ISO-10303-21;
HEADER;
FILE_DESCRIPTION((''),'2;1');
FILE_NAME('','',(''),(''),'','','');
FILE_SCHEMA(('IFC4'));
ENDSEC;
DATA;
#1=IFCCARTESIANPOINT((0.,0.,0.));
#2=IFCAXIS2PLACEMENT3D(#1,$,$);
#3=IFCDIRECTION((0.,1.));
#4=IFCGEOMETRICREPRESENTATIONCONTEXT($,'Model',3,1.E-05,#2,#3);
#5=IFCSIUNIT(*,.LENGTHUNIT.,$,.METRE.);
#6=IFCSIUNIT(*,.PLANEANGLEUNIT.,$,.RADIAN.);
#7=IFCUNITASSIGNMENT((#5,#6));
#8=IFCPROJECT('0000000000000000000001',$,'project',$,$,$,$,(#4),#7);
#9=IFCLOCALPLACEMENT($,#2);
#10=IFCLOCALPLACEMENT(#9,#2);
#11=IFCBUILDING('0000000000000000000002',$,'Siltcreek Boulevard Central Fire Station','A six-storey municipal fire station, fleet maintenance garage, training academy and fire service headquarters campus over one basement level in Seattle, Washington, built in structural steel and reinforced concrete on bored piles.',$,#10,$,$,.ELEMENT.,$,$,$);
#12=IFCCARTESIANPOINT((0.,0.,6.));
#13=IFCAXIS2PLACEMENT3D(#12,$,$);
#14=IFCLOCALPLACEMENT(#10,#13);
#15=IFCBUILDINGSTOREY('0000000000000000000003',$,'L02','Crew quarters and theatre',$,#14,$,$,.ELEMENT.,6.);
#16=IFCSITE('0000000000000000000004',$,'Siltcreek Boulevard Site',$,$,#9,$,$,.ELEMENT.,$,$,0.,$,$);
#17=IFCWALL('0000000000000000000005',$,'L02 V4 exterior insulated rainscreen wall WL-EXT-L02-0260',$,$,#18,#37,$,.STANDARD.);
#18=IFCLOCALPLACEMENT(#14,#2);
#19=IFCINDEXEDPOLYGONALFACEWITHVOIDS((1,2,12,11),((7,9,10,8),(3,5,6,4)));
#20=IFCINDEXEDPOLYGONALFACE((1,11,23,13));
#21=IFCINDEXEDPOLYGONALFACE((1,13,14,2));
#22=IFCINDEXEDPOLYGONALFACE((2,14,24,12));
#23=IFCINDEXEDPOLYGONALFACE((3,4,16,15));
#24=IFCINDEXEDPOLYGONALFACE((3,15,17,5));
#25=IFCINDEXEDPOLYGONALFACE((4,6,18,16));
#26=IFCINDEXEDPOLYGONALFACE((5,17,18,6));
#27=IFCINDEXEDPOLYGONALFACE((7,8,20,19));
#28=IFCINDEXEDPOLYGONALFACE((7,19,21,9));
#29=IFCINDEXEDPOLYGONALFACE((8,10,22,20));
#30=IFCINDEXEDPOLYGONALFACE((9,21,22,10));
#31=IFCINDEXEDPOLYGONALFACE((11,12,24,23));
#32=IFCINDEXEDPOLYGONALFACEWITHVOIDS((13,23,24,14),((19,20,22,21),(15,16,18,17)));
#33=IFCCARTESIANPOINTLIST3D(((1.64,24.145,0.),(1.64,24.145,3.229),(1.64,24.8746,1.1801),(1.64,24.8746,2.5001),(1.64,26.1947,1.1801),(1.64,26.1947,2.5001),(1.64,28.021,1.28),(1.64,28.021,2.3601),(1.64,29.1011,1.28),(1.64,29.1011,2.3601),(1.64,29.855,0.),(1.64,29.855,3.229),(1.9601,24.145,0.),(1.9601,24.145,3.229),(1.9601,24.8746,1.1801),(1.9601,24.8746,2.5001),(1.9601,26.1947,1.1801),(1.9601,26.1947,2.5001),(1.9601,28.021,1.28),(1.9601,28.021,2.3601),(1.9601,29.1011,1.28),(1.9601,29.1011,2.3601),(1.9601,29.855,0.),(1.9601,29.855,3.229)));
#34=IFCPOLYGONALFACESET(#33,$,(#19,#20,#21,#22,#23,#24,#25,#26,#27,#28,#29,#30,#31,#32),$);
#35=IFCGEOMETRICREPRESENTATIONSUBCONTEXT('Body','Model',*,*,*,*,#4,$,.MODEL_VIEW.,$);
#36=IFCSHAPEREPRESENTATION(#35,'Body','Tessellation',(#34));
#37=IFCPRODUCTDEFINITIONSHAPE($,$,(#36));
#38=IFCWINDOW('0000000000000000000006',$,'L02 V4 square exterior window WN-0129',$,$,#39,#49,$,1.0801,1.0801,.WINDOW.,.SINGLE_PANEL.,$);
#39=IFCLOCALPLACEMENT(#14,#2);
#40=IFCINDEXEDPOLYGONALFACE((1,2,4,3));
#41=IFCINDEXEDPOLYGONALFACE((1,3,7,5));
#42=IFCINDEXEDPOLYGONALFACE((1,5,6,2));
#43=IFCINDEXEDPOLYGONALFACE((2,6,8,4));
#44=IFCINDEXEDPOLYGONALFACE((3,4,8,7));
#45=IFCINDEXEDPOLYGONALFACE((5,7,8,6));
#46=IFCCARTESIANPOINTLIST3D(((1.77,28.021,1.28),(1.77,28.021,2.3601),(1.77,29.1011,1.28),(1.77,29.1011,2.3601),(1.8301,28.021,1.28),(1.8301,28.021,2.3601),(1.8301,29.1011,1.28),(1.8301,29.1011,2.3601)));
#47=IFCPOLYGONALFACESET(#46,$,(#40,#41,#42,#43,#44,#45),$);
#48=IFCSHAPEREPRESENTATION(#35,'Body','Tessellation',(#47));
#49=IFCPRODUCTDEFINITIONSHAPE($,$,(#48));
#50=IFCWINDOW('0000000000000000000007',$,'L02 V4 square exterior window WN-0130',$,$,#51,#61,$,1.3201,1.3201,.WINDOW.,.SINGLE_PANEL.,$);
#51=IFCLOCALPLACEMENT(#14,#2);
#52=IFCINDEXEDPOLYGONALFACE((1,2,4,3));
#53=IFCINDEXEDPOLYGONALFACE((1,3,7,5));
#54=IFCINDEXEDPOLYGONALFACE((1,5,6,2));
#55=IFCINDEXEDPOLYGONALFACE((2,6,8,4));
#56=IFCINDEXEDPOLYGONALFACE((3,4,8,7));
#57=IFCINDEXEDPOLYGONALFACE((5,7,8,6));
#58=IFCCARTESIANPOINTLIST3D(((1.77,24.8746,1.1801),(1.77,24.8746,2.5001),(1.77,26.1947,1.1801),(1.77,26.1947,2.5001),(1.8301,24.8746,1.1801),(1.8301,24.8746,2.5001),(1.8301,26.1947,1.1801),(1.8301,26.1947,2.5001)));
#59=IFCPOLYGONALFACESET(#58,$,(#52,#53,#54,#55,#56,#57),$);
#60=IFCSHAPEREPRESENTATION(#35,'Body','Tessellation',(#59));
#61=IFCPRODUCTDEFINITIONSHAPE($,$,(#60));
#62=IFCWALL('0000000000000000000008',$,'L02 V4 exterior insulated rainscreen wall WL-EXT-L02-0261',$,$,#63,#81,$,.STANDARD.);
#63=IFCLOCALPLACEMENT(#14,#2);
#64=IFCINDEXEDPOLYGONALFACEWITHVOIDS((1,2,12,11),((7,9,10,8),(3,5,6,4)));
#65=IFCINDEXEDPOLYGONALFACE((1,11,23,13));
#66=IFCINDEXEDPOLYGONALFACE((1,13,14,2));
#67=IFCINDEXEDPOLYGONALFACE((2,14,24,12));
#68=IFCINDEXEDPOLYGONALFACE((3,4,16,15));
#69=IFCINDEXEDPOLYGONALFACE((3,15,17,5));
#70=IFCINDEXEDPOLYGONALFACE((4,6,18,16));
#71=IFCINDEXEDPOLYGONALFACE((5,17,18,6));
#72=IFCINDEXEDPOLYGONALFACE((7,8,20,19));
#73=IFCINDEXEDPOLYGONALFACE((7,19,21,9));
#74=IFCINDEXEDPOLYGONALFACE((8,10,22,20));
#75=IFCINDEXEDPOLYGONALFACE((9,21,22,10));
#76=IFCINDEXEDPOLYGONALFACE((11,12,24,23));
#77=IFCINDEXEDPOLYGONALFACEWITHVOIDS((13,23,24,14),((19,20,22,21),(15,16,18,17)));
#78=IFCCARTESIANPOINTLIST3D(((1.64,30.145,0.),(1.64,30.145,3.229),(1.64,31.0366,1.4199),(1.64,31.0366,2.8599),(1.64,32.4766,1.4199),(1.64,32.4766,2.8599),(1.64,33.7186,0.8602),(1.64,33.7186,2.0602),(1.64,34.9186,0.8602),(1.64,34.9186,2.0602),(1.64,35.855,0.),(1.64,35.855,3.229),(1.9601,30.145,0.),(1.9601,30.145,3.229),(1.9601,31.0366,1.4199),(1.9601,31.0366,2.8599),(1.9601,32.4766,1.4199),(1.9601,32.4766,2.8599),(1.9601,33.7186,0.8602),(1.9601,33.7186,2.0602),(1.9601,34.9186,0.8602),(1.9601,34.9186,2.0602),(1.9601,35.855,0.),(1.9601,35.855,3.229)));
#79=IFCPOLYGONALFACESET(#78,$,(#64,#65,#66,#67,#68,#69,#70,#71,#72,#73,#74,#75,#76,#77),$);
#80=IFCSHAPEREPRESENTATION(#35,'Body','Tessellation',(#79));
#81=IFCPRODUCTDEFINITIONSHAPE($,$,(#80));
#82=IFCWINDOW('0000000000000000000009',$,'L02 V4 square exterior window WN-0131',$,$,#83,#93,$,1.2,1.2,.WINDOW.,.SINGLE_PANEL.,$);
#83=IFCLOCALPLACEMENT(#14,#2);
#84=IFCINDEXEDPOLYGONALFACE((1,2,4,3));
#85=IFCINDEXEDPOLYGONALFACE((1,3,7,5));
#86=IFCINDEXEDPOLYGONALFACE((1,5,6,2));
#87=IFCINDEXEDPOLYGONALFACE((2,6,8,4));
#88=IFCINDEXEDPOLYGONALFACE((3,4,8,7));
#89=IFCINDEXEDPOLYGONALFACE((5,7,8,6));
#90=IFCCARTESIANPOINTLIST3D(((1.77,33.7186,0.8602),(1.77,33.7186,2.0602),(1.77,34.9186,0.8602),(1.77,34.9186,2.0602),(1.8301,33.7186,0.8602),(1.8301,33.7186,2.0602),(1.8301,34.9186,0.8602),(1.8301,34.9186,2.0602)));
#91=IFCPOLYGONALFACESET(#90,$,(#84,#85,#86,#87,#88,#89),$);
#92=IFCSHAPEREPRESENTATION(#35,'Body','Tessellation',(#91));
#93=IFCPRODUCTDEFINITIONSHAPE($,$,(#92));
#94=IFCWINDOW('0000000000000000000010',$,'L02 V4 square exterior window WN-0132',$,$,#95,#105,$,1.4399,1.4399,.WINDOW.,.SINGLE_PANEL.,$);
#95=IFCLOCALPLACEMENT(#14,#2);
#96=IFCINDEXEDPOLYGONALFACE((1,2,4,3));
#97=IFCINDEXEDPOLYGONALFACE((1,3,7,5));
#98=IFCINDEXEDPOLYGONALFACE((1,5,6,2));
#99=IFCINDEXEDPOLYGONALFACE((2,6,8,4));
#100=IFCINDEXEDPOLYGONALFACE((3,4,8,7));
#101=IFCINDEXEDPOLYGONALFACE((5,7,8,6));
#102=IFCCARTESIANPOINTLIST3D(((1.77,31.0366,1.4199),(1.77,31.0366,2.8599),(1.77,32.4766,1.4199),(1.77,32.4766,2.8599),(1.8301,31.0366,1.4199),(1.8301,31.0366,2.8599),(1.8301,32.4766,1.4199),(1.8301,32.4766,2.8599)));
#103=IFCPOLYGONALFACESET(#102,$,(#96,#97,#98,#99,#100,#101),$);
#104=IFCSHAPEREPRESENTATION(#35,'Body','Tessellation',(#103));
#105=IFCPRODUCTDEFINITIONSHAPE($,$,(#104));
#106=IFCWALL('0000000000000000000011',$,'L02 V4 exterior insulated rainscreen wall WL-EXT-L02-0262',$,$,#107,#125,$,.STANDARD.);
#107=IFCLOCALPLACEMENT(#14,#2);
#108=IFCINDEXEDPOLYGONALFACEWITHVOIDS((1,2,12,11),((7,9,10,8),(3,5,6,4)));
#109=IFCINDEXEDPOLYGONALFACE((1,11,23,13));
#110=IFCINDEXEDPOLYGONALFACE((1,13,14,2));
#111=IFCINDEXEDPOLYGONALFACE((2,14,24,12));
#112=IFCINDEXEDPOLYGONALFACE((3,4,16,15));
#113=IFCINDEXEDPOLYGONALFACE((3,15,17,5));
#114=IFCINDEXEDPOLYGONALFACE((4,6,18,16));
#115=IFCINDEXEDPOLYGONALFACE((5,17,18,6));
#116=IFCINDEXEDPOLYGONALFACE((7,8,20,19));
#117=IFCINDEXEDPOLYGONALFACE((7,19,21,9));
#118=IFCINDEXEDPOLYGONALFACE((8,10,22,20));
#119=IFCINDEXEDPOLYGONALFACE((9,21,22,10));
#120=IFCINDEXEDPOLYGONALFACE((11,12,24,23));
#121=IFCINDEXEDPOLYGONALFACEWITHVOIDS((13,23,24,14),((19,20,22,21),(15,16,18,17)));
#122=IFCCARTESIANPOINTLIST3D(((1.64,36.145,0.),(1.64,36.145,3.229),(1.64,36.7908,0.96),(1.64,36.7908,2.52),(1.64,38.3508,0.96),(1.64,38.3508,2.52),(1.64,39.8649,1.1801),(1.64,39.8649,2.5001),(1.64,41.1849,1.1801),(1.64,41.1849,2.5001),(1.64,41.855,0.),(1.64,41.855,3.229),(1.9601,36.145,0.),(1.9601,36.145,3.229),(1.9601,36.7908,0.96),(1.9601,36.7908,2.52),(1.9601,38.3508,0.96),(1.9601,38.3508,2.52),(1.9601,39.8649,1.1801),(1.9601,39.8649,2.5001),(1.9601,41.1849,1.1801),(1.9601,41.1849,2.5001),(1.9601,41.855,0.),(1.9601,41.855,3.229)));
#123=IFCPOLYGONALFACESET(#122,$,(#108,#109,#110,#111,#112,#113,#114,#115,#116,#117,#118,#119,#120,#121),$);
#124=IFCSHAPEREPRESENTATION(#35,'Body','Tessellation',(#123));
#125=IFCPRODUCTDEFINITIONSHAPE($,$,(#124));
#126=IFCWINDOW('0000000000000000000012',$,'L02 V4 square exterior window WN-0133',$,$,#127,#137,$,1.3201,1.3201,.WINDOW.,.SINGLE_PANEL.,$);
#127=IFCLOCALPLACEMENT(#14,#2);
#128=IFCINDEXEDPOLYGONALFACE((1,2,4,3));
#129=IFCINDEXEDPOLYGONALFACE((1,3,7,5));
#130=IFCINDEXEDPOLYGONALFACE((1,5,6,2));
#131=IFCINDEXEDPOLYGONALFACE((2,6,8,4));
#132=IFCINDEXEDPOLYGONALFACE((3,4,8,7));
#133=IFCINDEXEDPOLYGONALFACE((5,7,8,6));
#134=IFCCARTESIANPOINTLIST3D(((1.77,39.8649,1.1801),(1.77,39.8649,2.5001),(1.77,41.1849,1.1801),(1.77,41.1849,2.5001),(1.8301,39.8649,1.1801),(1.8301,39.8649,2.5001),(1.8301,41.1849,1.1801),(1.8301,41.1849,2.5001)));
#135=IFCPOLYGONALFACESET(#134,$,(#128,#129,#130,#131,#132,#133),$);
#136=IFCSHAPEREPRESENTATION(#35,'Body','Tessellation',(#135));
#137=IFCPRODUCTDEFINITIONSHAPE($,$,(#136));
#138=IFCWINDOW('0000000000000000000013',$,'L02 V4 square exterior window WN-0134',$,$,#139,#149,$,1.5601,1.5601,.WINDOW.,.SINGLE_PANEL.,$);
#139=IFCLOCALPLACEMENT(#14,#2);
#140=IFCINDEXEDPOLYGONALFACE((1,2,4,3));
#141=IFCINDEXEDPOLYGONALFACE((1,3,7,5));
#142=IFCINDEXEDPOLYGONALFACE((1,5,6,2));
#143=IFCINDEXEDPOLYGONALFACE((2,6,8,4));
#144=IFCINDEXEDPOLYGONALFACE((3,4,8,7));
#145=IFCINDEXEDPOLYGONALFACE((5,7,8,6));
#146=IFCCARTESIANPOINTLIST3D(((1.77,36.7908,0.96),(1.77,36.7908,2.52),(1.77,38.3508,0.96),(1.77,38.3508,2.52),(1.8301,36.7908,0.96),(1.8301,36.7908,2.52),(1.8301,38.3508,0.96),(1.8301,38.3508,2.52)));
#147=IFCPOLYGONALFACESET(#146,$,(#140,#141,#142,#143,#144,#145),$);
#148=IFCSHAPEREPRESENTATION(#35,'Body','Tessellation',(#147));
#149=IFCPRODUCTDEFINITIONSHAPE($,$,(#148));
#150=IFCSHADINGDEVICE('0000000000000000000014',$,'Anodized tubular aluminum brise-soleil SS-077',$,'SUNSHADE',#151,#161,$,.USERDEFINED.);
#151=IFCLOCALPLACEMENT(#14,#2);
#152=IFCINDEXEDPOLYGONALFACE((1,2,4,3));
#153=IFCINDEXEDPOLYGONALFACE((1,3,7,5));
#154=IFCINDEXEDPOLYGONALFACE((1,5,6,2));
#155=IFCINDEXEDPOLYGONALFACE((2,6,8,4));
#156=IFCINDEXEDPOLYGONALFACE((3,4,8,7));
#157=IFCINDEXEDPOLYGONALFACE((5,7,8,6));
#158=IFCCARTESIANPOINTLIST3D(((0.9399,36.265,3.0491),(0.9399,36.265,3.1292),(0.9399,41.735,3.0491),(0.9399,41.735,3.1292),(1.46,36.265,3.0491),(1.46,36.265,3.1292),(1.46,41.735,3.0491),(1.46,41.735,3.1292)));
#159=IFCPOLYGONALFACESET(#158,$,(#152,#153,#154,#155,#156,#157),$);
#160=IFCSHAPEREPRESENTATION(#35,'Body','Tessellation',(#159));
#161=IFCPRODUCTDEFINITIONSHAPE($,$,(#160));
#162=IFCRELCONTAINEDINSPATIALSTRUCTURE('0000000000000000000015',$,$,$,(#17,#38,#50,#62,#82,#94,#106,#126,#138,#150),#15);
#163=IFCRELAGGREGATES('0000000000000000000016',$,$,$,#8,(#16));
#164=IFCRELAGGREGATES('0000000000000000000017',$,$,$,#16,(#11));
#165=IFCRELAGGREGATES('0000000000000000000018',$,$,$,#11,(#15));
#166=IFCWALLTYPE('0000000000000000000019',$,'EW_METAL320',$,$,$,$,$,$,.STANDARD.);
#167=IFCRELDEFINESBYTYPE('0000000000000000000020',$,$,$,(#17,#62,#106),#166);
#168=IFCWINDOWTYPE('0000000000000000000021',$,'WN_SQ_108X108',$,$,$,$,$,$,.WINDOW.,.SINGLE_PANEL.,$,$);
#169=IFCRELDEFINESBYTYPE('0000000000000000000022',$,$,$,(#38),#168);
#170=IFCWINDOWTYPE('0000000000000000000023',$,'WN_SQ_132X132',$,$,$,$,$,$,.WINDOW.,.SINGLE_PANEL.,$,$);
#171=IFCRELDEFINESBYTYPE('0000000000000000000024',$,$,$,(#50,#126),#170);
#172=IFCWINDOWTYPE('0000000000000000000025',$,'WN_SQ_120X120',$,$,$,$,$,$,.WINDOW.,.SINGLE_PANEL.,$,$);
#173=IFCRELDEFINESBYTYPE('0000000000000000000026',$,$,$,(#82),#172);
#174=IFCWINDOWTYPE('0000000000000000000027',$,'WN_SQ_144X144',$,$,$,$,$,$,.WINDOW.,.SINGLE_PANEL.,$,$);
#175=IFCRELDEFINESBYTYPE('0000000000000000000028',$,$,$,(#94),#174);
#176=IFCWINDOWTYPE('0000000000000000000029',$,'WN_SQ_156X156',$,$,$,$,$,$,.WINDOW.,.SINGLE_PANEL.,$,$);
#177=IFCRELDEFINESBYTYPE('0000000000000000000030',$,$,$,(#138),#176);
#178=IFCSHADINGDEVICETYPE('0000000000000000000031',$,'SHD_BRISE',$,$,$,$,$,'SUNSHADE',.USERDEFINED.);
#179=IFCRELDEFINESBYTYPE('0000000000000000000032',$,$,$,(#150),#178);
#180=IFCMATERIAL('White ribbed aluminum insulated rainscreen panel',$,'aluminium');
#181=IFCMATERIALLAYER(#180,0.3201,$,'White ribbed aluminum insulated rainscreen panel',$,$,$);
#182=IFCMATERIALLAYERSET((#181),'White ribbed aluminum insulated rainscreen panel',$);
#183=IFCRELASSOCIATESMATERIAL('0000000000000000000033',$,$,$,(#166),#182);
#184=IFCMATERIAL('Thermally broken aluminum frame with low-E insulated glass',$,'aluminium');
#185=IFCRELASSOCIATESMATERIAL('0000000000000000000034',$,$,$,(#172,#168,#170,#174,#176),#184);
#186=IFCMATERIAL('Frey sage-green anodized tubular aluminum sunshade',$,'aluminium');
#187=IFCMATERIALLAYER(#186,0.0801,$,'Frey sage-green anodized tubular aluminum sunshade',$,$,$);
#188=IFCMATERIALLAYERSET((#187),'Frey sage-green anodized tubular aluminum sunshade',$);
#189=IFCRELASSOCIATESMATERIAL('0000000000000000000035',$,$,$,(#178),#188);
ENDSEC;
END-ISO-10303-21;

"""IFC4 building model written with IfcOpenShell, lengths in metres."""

from ifc_helpers import new_model, si_unit, direction, frame, frame_2d, origin, origin_2d, place, context, subcontext, project, spatial, rectangle, extrude, material, layer, layer_set, type_object, element, fill, save


model = new_model("IFC4")

# Units and contexts
model_context = context("Model", 3, precision=1e-05, world=origin(), true_north=direction((0.0, 1.0)))
body_context = subcontext(model_context, "Body", "Model", "MODEL_VIEW")
ifc_project = project(units=[si_unit("LENGTHUNIT", "METRE"), si_unit("PLANEANGLEUNIT", "RADIAN")], contexts=[model_context])

# Site, building, storey
site_placement = place(None, origin())
site = spatial("IfcSite", under=ifc_project, at=site_placement, Name="Siltcreek Boulevard Site", CompositionType="ELEMENT", RefElevation=0.0)
building_placement = place(site_placement, origin())
building = spatial("IfcBuilding", under=site, at=building_placement, Name="Siltcreek Boulevard Central Fire Station", Description="A six-storey municipal fire station, fleet maintenance garage, training academy and fire service headquarters campus over one basement level in Seattle, Washington, built in structural steel and reinforced concrete on bored piles.", CompositionType="ELEMENT")
storey_placement = place(building_placement, frame((0.0, 0.0, 6.0)))
storey = spatial("IfcBuildingStorey", under=building, at=storey_placement, Name="L02", Description="Crew quarters and theatre", CompositionType="ELEMENT", Elevation=6.0)

# Walls, openings, windows
ifc_material_1 = material(Name="White ribbed aluminum insulated rainscreen panel", Category="aluminium")
ifc_layer_1 = layer(ifc_material_1, 0.3201, Name="White ribbed aluminum insulated rainscreen panel")
ifc_layer_set_1 = layer_set([ifc_layer_1], Name="White ribbed aluminum insulated rainscreen panel")
wall_type = type_object("IfcWallType", Name="EW_METAL320", PredefinedType="STANDARD", material=ifc_layer_set_1)
ifc_material_2 = material(Name="Thermally broken aluminum frame with low-E insulated glass", Category="aluminium")
window_type_1 = type_object("IfcWindowType", Name="WN_SQ_120X120", PartitioningType="SINGLE_PANEL", PredefinedType="WINDOW", material=ifc_material_2)
wall_1_placement = place(storey_placement, frame((1.8, 29.855, 0.0), z_axis=(0.0, 0.0, 1.0), x_axis=(0.0, -1.0, 0.0)))
wall_1 = element("IfcWall", 1, at=wall_1_placement, inside=storey, type_object=wall_type, Name="L02 V4 exterior insulated rainscreen wall WL-EXT-L02-0260", PredefinedType="STANDARD", context=body_context, shape_type="SweptSolid", body=[
    extrude(rectangle(XDim=5.71, YDim=0.3201, at=frame_2d((2.855, 0.0))), origin(), (0.0, 0.0, 1.0), 3.229),
])
opening_1_placement = place(wall_1_placement, frame((0.7539, 0.0, 1.28)))
opening_1 = element("IfcOpeningElement", 2, at=opening_1_placement, cuts=wall_1, PredefinedType="OPENING", context=body_context, shape_type="SweptSolid", body=[
    extrude(rectangle(XDim=1.0801, YDim=1.0801, at=frame_2d((0.54, 0.54))), frame((0.0, 0.1699, 0.0), z_axis=(0.0, -1.0, 0.0), x_axis=(1.0, 0.0, 0.0)), (0.0, 0.0, 1.0), 0.3401),
])
opening_2_placement = place(wall_1_placement, frame((3.6602, 0.0, 1.1799)))
opening_2 = element("IfcOpeningElement", 3, at=opening_2_placement, cuts=wall_1, PredefinedType="OPENING", context=body_context, shape_type="SweptSolid", body=[
    extrude(rectangle(XDim=1.3201, YDim=1.3201, at=frame_2d((0.6602, 0.6602))), frame((0.0, 0.1699, 0.0), z_axis=(0.0, -1.0, 0.0), x_axis=(1.0, 0.0, 0.0)), (0.0, 0.0, 1.0), 0.3401),
])
window_type_2 = type_object("IfcWindowType", Name="WN_SQ_108X108", PartitioningType="SINGLE_PANEL", PredefinedType="WINDOW", material=ifc_material_2)
window_1_placement = place(opening_1_placement, origin())
window_1 = element("IfcWindow", 4, at=window_1_placement, inside=storey, type_object=window_type_2, Name="L02 V4 square exterior window WN-0129", OverallHeight=1.0801, OverallWidth=1.0801, PartitioningType="SINGLE_PANEL", PredefinedType="WINDOW", context=body_context, shape_type="SweptSolid", body=[
    extrude(rectangle(XDim=1.0801, YDim=1.0801, at=frame_2d((0.54, 0.54))), frame((0.0, 0.03, 0.0), z_axis=(0.0, -1.0, 0.0), x_axis=(1.0, 0.0, 0.0)), (0.0, 0.0, 1.0), 0.0601),
])
fill(opening_1, window_1)
window_type_3 = type_object("IfcWindowType", Name="WN_SQ_132X132", PartitioningType="SINGLE_PANEL", PredefinedType="WINDOW", material=ifc_material_2)
window_2_placement = place(opening_2_placement, origin())
window_2 = element("IfcWindow", 5, at=window_2_placement, inside=storey, type_object=window_type_3, Name="L02 V4 square exterior window WN-0130", OverallHeight=1.3201, OverallWidth=1.3201, PartitioningType="SINGLE_PANEL", PredefinedType="WINDOW", context=body_context, shape_type="SweptSolid", body=[
    extrude(rectangle(XDim=1.3201, YDim=1.3201, at=frame_2d((0.6602, 0.6602))), frame((0.0, 0.03, 0.0), z_axis=(0.0, -1.0, 0.0), x_axis=(1.0, 0.0, 0.0)), (0.0, 0.0, 1.0), 0.0601),
])
fill(opening_2, window_2)
wall_2_placement = place(storey_placement, frame((1.8, 35.855, 0.0), z_axis=(0.0, 0.0, 1.0), x_axis=(0.0, -1.0, 0.0)))
wall_2 = element("IfcWall", 6, at=wall_2_placement, inside=storey, type_object=wall_type, Name="L02 V4 exterior insulated rainscreen wall WL-EXT-L02-0261", PredefinedType="STANDARD", context=body_context, shape_type="SweptSolid", body=[
    extrude(rectangle(XDim=5.71, YDim=0.3201, at=frame_2d((2.855, 0.0))), origin(), (0.0, 0.0, 1.0), 3.229),
])
opening_3_placement = place(wall_2_placement, frame((0.9363, 0.0, 0.8601)))
opening_3 = element("IfcOpeningElement", 7, at=opening_3_placement, cuts=wall_2, PredefinedType="OPENING", context=body_context, shape_type="SweptSolid", body=[
    extrude(rectangle(XDim=1.2, YDim=1.2, at=frame_2d((0.6001, 0.6001))), frame((0.0, 0.1699, 0.0), z_axis=(0.0, -1.0, 0.0), x_axis=(1.0, 0.0, 0.0)), (0.0, 0.0, 1.0), 0.3401),
])
opening_4_placement = place(wall_2_placement, frame((3.3784, 0.0, 1.4199)))
opening_4 = element("IfcOpeningElement", 8, at=opening_4_placement, cuts=wall_2, PredefinedType="OPENING", context=body_context, shape_type="SweptSolid", body=[
    extrude(rectangle(XDim=1.4399, YDim=1.4399, at=frame_2d((0.72, 0.72))), frame((0.0, 0.1699, 0.0), z_axis=(0.0, -1.0, 0.0), x_axis=(1.0, 0.0, 0.0)), (0.0, 0.0, 1.0), 0.3401),
])
window_3_placement = place(opening_3_placement, origin())
window_3 = element("IfcWindow", 9, at=window_3_placement, inside=storey, type_object=window_type_1, Name="L02 V4 square exterior window WN-0131", OverallHeight=1.2, OverallWidth=1.2, PartitioningType="SINGLE_PANEL", PredefinedType="WINDOW", context=body_context, shape_type="SweptSolid", body=[
    extrude(rectangle(XDim=1.2, YDim=1.2, at=frame_2d((0.6001, 0.6001))), frame((0.0, 0.03, 0.0), z_axis=(0.0, -1.0, 0.0), x_axis=(1.0, 0.0, 0.0)), (0.0, 0.0, 1.0), 0.0601),
])
fill(opening_3, window_3)
window_type_4 = type_object("IfcWindowType", Name="WN_SQ_144X144", PartitioningType="SINGLE_PANEL", PredefinedType="WINDOW", material=ifc_material_2)
window_4_placement = place(opening_4_placement, origin())
window_4 = element("IfcWindow", 10, at=window_4_placement, inside=storey, type_object=window_type_4, Name="L02 V4 square exterior window WN-0132", OverallHeight=1.4399, OverallWidth=1.4399, PartitioningType="SINGLE_PANEL", PredefinedType="WINDOW", context=body_context, shape_type="SweptSolid", body=[
    extrude(rectangle(XDim=1.4399, YDim=1.4399, at=frame_2d((0.72, 0.72))), frame((0.0, 0.03, 0.0), z_axis=(0.0, -1.0, 0.0), x_axis=(1.0, 0.0, 0.0)), (0.0, 0.0, 1.0), 0.0601),
])
fill(opening_4, window_4)
wall_3_placement = place(storey_placement, frame((1.8, 41.855, 0.0), z_axis=(0.0, 0.0, 1.0), x_axis=(0.0, -1.0, 0.0)))
wall_3 = element("IfcWall", 11, at=wall_3_placement, inside=storey, type_object=wall_type, Name="L02 V4 exterior insulated rainscreen wall WL-EXT-L02-0262", PredefinedType="STANDARD", context=body_context, shape_type="SweptSolid", body=[
    extrude(rectangle(XDim=5.71, YDim=0.3201, at=frame_2d((2.855, 0.0))), origin(), (0.0, 0.0, 1.0), 3.229),
])
opening_5_placement = place(wall_3_placement, frame((0.6699, 0.0, 1.1799)))
opening_5 = element("IfcOpeningElement", 12, at=opening_5_placement, cuts=wall_3, PredefinedType="OPENING", context=body_context, shape_type="SweptSolid", body=[
    extrude(rectangle(XDim=1.3201, YDim=1.3201, at=frame_2d((0.6602, 0.6602))), frame((0.0, 0.1699, 0.0), z_axis=(0.0, -1.0, 0.0), x_axis=(1.0, 0.0, 0.0)), (0.0, 0.0, 1.0), 0.3401),
])
opening_6_placement = place(wall_3_placement, frame((3.5042, 0.0, 0.96)))
opening_6 = element("IfcOpeningElement", 13, at=opening_6_placement, cuts=wall_3, PredefinedType="OPENING", context=body_context, shape_type="SweptSolid", body=[
    extrude(rectangle(XDim=1.5601, YDim=1.5601, at=frame_2d((0.78, 0.78))), frame((0.0, 0.1699, 0.0), z_axis=(0.0, -1.0, 0.0), x_axis=(1.0, 0.0, 0.0)), (0.0, 0.0, 1.0), 0.3401),
])
window_5_placement = place(opening_5_placement, origin())
window_5 = element("IfcWindow", 14, at=window_5_placement, inside=storey, type_object=window_type_3, Name="L02 V4 square exterior window WN-0133", OverallHeight=1.3201, OverallWidth=1.3201, PartitioningType="SINGLE_PANEL", PredefinedType="WINDOW", context=body_context, shape_type="SweptSolid", body=[
    extrude(rectangle(XDim=1.3201, YDim=1.3201, at=frame_2d((0.6602, 0.6602))), frame((0.0, 0.03, 0.0), z_axis=(0.0, -1.0, 0.0), x_axis=(1.0, 0.0, 0.0)), (0.0, 0.0, 1.0), 0.0601),
])
fill(opening_5, window_5)
window_type_5 = type_object("IfcWindowType", Name="WN_SQ_156X156", PartitioningType="SINGLE_PANEL", PredefinedType="WINDOW", material=ifc_material_2)
window_6_placement = place(opening_6_placement, origin())
window_6 = element("IfcWindow", 15, at=window_6_placement, inside=storey, type_object=window_type_5, Name="L02 V4 square exterior window WN-0134", OverallHeight=1.5601, OverallWidth=1.5601, PartitioningType="SINGLE_PANEL", PredefinedType="WINDOW", context=body_context, shape_type="SweptSolid", body=[
    extrude(rectangle(XDim=1.5601, YDim=1.5601, at=frame_2d((0.78, 0.78))), frame((0.0, 0.03, 0.0), z_axis=(0.0, -1.0, 0.0), x_axis=(1.0, 0.0, 0.0)), (0.0, 0.0, 1.0), 0.0601),
])
fill(opening_6, window_6)

# Shading device
ifc_material_3 = material(Name="Frey sage-green anodized tubular aluminum sunshade", Category="aluminium")
ifc_layer_2 = layer(ifc_material_3, 0.0801, Name="Frey sage-green anodized tubular aluminum sunshade")
ifc_layer_set_2 = layer_set([ifc_layer_2], Name="Frey sage-green anodized tubular aluminum sunshade")
shading_device_type = type_object("IfcShadingDeviceType", Name="SHD_BRISE", ElementType="SUNSHADE", PredefinedType="USERDEFINED", material=ifc_layer_set_2)
shading_device_placement = place(storey_placement, frame((1.2, 39.0, 3.0491), z_axis=(0.0, 0.0, 1.0), x_axis=(0.0, -1.0, 0.0)))
element("IfcShadingDevice", 16, at=shading_device_placement, inside=storey, type_object=shading_device_type, Name="Anodized tubular aluminum brise-soleil SS-077", ObjectType="SUNSHADE", PredefinedType="USERDEFINED", context=body_context, shape_type="SweptSolid", body=[
    extrude(rectangle(XDim=5.47, YDim=0.52, at=origin_2d()), origin(), (0.0, 0.0, 1.0), 0.0801),
])

save(model, "model.ifc")
